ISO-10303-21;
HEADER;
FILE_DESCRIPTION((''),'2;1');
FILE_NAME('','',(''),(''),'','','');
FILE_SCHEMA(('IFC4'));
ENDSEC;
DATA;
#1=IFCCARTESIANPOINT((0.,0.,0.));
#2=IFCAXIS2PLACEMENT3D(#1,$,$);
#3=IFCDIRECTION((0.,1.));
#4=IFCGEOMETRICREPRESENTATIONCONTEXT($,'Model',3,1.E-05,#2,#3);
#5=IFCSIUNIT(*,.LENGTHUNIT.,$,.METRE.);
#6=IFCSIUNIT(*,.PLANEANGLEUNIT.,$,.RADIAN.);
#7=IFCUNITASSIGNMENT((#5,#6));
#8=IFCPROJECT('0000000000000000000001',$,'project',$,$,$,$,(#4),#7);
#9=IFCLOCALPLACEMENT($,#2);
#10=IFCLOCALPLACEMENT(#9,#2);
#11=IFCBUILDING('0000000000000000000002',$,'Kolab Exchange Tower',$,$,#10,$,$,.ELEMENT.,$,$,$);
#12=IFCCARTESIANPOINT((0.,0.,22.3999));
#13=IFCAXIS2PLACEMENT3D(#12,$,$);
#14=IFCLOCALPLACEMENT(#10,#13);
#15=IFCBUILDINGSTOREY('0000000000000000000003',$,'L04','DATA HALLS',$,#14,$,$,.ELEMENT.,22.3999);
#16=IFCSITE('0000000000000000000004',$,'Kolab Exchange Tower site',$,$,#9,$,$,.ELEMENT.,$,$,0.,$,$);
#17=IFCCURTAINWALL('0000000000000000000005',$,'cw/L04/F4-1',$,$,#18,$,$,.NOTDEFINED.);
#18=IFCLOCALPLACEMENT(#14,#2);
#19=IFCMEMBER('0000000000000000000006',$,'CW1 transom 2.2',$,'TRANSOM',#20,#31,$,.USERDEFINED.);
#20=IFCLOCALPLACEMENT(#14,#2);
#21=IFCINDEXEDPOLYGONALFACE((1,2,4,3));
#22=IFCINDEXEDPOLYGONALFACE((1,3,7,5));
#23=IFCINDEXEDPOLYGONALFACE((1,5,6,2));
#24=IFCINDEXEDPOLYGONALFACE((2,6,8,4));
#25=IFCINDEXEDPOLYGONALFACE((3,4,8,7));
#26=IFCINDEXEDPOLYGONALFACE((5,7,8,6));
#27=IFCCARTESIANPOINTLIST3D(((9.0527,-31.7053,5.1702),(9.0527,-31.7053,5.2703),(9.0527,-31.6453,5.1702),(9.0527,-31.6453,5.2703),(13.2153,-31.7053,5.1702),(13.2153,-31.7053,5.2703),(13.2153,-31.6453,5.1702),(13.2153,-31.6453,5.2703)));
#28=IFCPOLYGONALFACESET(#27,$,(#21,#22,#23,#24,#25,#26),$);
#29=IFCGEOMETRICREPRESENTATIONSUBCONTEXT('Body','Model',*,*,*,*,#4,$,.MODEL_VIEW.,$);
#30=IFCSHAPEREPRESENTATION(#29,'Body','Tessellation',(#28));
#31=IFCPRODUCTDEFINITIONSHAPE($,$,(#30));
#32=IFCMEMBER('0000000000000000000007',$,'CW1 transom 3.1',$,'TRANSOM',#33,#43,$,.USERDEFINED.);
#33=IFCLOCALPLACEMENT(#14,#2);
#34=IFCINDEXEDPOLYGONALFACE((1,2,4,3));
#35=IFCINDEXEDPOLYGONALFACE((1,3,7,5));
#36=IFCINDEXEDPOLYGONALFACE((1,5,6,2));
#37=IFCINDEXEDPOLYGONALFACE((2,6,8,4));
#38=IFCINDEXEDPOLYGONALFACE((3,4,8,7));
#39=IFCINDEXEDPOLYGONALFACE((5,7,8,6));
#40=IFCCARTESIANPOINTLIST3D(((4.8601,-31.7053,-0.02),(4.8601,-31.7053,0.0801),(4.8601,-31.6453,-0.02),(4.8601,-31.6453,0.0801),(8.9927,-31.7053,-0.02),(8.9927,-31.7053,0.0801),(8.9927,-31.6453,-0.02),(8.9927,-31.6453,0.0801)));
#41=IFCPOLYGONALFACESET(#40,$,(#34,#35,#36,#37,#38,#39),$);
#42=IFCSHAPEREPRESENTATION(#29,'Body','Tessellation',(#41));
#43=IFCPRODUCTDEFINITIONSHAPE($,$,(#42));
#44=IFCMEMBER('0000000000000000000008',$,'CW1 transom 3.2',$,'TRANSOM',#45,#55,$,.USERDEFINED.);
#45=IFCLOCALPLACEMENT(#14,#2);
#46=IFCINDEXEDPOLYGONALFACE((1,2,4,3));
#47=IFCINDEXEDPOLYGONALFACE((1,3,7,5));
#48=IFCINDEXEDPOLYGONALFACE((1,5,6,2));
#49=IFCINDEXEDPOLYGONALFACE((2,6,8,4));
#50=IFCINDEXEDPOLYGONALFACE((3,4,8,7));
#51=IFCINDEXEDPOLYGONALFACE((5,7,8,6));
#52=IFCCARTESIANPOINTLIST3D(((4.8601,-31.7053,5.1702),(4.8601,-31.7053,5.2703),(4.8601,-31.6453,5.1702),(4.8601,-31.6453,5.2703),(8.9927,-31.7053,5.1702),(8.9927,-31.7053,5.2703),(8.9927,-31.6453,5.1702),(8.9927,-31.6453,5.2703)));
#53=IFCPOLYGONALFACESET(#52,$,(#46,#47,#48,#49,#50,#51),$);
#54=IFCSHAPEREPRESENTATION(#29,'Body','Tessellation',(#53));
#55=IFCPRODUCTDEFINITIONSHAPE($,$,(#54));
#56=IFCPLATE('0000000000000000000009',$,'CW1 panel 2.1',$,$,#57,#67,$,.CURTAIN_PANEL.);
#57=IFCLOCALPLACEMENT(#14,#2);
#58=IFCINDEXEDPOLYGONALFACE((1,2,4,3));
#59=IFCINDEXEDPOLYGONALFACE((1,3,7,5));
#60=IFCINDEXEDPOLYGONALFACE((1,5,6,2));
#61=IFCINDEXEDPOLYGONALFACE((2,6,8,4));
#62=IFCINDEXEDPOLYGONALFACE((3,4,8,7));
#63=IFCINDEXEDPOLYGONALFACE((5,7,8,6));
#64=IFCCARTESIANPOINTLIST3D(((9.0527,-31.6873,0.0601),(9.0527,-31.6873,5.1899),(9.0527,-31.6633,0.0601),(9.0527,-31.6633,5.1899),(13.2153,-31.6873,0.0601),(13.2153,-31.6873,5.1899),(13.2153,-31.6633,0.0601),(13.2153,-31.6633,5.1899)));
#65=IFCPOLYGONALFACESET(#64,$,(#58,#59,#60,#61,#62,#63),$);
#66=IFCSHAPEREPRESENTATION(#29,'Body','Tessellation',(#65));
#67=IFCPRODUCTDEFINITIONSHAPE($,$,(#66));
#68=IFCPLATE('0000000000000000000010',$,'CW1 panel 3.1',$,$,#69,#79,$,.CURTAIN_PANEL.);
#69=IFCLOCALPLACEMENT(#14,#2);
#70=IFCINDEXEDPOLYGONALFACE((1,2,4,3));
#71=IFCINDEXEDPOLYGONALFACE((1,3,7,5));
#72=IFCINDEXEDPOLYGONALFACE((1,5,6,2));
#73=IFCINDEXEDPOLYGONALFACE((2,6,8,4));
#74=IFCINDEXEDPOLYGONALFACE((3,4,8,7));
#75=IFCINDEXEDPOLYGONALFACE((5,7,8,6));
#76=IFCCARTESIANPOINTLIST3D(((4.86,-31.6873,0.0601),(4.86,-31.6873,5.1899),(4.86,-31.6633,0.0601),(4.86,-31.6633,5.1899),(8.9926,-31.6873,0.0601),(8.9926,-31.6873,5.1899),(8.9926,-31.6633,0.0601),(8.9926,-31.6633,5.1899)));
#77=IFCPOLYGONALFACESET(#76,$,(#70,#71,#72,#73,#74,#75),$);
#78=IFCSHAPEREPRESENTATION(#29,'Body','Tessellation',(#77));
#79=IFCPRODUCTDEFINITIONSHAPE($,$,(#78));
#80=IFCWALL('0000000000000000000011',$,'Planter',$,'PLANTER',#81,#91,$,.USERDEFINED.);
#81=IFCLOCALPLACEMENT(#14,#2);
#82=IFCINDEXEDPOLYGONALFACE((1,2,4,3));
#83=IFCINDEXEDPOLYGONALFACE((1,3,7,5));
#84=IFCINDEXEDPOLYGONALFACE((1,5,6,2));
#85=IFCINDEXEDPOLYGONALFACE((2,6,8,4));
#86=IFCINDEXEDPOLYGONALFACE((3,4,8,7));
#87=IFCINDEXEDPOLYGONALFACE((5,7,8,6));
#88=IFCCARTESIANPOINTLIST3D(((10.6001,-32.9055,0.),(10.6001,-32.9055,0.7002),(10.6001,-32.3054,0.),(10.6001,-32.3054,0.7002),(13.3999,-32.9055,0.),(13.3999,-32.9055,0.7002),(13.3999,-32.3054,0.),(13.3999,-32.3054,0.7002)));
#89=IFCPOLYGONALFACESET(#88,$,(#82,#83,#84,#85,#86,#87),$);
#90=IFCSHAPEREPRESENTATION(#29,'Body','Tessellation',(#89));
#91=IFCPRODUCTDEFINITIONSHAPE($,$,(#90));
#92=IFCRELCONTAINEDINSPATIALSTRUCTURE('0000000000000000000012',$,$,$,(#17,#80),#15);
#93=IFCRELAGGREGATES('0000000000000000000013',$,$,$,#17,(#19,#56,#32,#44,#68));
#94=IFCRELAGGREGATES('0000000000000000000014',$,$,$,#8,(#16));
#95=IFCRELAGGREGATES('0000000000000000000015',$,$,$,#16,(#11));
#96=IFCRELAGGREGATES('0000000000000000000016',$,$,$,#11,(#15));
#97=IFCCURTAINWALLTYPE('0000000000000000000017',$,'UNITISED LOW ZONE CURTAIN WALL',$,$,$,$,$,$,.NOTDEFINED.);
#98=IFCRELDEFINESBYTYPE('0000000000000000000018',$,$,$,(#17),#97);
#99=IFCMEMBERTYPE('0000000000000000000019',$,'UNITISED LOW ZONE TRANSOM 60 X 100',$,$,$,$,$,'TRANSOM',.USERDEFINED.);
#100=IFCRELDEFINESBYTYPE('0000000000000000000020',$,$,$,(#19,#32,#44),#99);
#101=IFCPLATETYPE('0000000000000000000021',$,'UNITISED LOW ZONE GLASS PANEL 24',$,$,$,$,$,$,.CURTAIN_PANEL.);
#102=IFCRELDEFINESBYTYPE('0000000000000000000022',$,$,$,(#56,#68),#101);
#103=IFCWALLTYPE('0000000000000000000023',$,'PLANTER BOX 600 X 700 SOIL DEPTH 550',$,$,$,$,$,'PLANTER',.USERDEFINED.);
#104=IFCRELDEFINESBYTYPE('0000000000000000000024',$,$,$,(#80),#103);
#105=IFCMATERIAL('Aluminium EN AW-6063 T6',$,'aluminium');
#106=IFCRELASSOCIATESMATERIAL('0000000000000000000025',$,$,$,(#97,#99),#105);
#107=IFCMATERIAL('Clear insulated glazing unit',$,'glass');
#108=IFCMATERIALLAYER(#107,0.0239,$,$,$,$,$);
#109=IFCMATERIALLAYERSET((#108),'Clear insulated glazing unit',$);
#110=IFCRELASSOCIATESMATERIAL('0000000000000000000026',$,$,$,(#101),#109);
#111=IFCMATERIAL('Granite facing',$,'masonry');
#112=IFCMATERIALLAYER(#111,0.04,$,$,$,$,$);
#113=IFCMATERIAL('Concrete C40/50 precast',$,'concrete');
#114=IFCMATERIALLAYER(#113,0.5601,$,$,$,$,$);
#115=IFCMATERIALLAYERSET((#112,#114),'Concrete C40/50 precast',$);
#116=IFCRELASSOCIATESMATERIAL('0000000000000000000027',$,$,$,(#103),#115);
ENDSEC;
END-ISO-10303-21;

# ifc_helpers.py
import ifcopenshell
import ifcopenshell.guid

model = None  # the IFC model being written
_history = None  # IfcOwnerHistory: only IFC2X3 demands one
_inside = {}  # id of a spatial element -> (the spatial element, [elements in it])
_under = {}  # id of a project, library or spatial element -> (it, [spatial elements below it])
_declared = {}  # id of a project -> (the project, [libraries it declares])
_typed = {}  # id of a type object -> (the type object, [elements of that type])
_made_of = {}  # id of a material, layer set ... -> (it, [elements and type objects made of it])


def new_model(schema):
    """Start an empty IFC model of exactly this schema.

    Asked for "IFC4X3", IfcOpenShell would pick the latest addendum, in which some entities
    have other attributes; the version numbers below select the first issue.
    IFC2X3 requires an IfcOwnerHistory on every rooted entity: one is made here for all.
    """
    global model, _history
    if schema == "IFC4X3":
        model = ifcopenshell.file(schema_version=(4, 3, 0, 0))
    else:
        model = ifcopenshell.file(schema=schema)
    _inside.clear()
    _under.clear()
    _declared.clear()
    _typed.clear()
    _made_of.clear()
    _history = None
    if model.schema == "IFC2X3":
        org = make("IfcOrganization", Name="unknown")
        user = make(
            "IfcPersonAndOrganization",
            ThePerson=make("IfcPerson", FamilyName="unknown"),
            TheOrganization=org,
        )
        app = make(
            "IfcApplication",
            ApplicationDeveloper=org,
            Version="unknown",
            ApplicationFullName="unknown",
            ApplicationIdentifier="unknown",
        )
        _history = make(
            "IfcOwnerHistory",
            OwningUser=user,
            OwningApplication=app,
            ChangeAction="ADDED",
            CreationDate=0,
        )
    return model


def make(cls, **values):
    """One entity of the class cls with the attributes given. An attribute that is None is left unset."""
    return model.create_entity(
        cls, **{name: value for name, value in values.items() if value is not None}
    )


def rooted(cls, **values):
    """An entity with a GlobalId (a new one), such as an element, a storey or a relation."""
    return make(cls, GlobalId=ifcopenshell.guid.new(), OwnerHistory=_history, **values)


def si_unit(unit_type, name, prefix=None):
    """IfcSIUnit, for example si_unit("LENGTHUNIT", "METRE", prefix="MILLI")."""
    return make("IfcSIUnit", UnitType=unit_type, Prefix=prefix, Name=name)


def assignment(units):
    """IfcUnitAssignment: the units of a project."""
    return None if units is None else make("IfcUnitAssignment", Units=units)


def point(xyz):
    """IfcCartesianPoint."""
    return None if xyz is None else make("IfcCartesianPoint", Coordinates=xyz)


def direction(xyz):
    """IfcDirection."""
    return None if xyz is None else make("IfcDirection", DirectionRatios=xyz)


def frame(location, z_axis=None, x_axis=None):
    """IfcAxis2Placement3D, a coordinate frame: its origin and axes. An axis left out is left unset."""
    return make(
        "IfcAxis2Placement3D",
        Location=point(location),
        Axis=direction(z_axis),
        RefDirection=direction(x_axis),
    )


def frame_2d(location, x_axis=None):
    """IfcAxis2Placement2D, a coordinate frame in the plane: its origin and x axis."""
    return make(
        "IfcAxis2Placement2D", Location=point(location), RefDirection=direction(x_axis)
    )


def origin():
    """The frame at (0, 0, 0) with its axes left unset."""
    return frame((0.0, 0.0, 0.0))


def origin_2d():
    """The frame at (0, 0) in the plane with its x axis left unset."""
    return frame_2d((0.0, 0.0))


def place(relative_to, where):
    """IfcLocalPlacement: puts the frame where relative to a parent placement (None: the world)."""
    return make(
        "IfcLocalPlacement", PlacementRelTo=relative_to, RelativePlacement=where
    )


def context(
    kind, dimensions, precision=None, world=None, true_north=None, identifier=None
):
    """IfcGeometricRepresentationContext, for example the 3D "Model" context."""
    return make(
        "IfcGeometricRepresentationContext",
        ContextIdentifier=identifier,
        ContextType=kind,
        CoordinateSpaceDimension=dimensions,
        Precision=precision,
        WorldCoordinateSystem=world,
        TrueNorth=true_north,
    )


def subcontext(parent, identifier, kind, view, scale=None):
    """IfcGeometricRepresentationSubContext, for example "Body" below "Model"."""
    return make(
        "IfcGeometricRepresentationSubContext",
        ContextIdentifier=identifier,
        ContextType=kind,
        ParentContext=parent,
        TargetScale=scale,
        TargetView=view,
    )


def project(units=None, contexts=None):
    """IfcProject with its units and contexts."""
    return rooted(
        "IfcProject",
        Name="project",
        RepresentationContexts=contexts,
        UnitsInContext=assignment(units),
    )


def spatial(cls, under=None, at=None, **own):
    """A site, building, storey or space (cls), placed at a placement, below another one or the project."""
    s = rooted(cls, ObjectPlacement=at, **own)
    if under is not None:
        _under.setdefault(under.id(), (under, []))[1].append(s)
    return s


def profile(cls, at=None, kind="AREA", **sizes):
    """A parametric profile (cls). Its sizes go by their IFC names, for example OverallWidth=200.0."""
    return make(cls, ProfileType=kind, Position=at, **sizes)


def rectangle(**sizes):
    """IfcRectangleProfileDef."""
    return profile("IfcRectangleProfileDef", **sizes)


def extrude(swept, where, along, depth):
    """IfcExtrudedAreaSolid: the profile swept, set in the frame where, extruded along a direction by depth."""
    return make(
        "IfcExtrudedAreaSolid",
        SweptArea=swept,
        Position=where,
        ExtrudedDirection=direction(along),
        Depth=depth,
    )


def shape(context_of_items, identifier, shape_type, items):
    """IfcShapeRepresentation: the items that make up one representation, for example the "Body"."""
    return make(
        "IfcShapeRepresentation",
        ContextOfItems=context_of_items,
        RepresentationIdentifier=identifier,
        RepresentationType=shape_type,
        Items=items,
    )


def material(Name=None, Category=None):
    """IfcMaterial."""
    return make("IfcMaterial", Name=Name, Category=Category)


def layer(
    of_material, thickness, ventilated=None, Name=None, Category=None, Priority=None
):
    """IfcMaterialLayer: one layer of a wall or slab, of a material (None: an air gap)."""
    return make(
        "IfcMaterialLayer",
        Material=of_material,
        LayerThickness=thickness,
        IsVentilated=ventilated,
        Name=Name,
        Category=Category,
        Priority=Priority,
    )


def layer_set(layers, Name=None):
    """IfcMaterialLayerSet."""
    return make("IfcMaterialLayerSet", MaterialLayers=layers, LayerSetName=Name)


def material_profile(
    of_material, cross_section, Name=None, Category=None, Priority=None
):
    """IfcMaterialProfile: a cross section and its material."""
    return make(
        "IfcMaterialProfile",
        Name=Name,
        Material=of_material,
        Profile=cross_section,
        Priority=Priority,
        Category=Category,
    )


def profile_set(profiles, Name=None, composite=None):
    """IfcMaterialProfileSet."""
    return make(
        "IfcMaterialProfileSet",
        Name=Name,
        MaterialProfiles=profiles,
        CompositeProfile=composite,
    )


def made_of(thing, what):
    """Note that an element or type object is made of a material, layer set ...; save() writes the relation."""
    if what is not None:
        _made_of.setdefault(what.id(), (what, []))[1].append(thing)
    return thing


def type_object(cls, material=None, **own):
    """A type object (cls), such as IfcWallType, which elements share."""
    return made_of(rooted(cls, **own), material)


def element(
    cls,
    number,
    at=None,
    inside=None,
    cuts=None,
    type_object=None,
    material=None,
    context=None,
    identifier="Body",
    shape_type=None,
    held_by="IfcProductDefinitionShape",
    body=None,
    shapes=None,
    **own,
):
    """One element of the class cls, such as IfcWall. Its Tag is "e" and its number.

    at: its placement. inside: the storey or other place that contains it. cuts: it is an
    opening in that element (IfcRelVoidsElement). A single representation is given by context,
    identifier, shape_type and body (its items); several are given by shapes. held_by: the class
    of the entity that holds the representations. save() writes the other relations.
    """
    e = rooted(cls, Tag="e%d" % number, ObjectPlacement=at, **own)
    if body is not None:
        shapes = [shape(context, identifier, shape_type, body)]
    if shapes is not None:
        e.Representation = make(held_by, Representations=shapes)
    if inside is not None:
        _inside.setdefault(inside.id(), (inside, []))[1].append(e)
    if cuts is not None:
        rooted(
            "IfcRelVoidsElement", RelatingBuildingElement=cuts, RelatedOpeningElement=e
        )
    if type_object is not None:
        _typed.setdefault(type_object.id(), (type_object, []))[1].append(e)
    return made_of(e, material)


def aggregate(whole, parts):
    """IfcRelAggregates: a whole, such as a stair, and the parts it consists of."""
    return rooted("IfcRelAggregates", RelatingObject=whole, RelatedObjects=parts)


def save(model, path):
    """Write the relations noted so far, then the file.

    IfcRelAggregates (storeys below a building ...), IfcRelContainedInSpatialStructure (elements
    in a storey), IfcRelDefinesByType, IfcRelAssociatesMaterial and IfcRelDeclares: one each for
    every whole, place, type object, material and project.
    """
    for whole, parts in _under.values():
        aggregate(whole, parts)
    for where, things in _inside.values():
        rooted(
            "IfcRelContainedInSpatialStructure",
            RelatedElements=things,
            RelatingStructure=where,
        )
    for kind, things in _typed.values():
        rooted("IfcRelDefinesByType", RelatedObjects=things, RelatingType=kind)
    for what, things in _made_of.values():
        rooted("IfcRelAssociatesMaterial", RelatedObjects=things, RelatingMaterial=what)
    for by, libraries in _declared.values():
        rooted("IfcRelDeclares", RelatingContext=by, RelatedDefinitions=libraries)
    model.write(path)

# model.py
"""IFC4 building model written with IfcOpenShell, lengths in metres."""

from ifc_helpers import new_model, si_unit, direction, frame, frame_2d, origin, origin_2d, place, context, subcontext, project, spatial, rectangle, extrude, material, layer, layer_set, material_profile, profile_set, type_object, element, aggregate, save


model = new_model("IFC4")

# Units and contexts
model_context = context("Model", 3, precision=1e-05, world=origin(), true_north=direction((0.0, 1.0)))
body_context = subcontext(model_context, "Body", "Model", "MODEL_VIEW")
ifc_project = project(units=[si_unit("LENGTHUNIT", "METRE"), si_unit("PLANEANGLEUNIT", "RADIAN")], contexts=[model_context])

# Site, building, storey
site_placement = place(None, origin())
site = spatial("IfcSite", under=ifc_project, at=site_placement, Name="Kolab Exchange Tower site", CompositionType="ELEMENT", RefElevation=0.0)
building_placement = place(site_placement, origin())
building = spatial("IfcBuilding", under=site, at=building_placement, Name="Kolab Exchange Tower", CompositionType="ELEMENT")
storey_placement = place(building_placement, frame((0.0, 0.0, 22.3999)))
storey = spatial("IfcBuildingStorey", under=building, at=storey_placement, Name="L04", Description="DATA HALLS", CompositionType="ELEMENT", Elevation=22.3999)

# Curtain wall, members, plates
ifc_material_1 = material(Name="Aluminium EN AW-6063 T6", Category="aluminium")
curtain_wall_type = type_object("IfcCurtainWallType", Name="UNITISED LOW ZONE CURTAIN WALL", PredefinedType="NOTDEFINED", material=ifc_material_1)
curtain_wall_placement = place(storey_placement, origin())
curtain_wall = element("IfcCurtainWall", 1, at=curtain_wall_placement, inside=storey, type_object=curtain_wall_type, Name="cw/L04/F4-1", PredefinedType="NOTDEFINED")
ifc_material_profile_1 = material_profile(ifc_material_1, rectangle(XDim=0.0601, YDim=0.1001, at=origin_2d()), Name="RECT 60X100")
ifc_profile_set_1 = profile_set([ifc_material_profile_1], Name="Aluminium EN AW-6063 T6")
member_type_1 = type_object("IfcMemberType", Name="UNITISED LOW ZONE TRANSOM 60 X 100", ElementType="TRANSOM", PredefinedType="USERDEFINED", material=ifc_profile_set_1)
member_1_placement = place(storey_placement, frame((13.2153, -31.6753, 5.2202), z_axis=(-1.0, 0.0, 0.0), x_axis=(0.0, -1.0, 0.0)))
member_1 = element("IfcMember", 2, at=member_1_placement, type_object=member_type_1, Name="CW1 transom 2.2", ObjectType="TRANSOM", PredefinedType="USERDEFINED", context=body_context, shape_type="SweptSolid", body=[
    extrude(rectangle(XDim=0.0601, YDim=0.1001, at=origin_2d()), origin(), (0.0, 0.0, 1.0), 4.1626),
])
member_2_placement = place(storey_placement, frame((8.9927, -31.6753, 0.03), z_axis=(-1.0, 0.0, 0.0), x_axis=(0.0, -1.0, 0.0)))
member_2 = element("IfcMember", 3, at=member_2_placement, type_object=member_type_1, Name="CW1 transom 3.1", ObjectType="TRANSOM", PredefinedType="USERDEFINED", context=body_context, shape_type="SweptSolid", body=[
    extrude(rectangle(XDim=0.0601, YDim=0.1001, at=origin_2d()), origin(), (0.0, 0.0, 1.0), 4.1326),
])
member_3_placement = place(storey_placement, frame((8.9927, -31.6753, 5.2202), z_axis=(-1.0, 0.0, 0.0), x_axis=(0.0, -1.0, 0.0)))
member_3 = element("IfcMember", 4, at=member_3_placement, type_object=member_type_1, Name="CW1 transom 3.2", ObjectType="TRANSOM", PredefinedType="USERDEFINED", context=body_context, shape_type="SweptSolid", body=[
    extrude(rectangle(XDim=0.0601, YDim=0.1001, at=origin_2d()), origin(), (0.0, 0.0, 1.0), 4.1326),
])
ifc_material_2 = material(Name="Clear insulated glazing unit", Category="glass")
ifc_layer_1 = layer(ifc_material_2, 0.0239)
ifc_layer_set_1 = layer_set([ifc_layer_1], Name="Clear insulated glazing unit")
plate_type = type_object("IfcPlateType", Name="UNITISED LOW ZONE GLASS PANEL 24", PredefinedType="CURTAIN_PANEL", material=ifc_layer_set_1)
plate_1_placement = place(storey_placement, frame((11.134, -31.6753, 0.0601), z_axis=(0.0, 0.0, 1.0), x_axis=(-1.0, 0.0, 0.0)))
plate_1 = element("IfcPlate", 5, at=plate_1_placement, type_object=plate_type, Name="CW1 panel 2.1", PredefinedType="CURTAIN_PANEL", context=body_context, shape_type="SweptSolid", body=[
    extrude(rectangle(XDim=4.1626, YDim=0.0239, at=origin_2d()), origin(), (0.0, 0.0, 1.0), 5.1299),
])
plate_2_placement = place(storey_placement, frame((6.9263, -31.6753, 0.0601), z_axis=(0.0, 0.0, 1.0), x_axis=(-1.0, 0.0, 0.0)))
plate_2 = element("IfcPlate", 6, at=plate_2_placement, type_object=plate_type, Name="CW1 panel 3.1", PredefinedType="CURTAIN_PANEL", context=body_context, shape_type="SweptSolid", body=[
    extrude(rectangle(XDim=4.1326, YDim=0.0239, at=origin_2d()), origin(), (0.0, 0.0, 1.0), 5.1299),
])
aggregate(curtain_wall, [member_1, plate_1, member_2, member_3, plate_2])

# Wall
ifc_material_3 = material(Name="Granite facing", Category="masonry")
ifc_layer_2 = layer(ifc_material_3, 0.04)
ifc_material_4 = material(Name="Concrete C40/50 precast", Category="concrete")
ifc_layer_3 = layer(ifc_material_4, 0.5601)
ifc_layer_set_2 = layer_set([ifc_layer_2, ifc_layer_3], Name="Concrete C40/50 precast")
wall_type_1 = type_object("IfcWallType", Name="PLANTER BOX 600 X 700 SOIL DEPTH 550", ElementType="PLANTER", PredefinedType="USERDEFINED", material=ifc_layer_set_2)
wall_1_placement = place(storey_placement, frame((13.3999, -32.6055, 0.0), z_axis=(0.0, 0.0, 1.0), x_axis=(-1.0, 0.0, 0.0)))
element("IfcWall", 7, at=wall_1_placement, inside=storey, type_object=wall_type_1, Name="Planter", ObjectType="PLANTER", PredefinedType="USERDEFINED", context=body_context, shape_type="SweptSolid", body=[
    extrude(rectangle(XDim=2.7998, YDim=0.6001, at=frame_2d((1.3999, 0.0))), origin(), (0.0, 0.0, 1.0), 0.7002),
])

save(model, "model.ifc")
